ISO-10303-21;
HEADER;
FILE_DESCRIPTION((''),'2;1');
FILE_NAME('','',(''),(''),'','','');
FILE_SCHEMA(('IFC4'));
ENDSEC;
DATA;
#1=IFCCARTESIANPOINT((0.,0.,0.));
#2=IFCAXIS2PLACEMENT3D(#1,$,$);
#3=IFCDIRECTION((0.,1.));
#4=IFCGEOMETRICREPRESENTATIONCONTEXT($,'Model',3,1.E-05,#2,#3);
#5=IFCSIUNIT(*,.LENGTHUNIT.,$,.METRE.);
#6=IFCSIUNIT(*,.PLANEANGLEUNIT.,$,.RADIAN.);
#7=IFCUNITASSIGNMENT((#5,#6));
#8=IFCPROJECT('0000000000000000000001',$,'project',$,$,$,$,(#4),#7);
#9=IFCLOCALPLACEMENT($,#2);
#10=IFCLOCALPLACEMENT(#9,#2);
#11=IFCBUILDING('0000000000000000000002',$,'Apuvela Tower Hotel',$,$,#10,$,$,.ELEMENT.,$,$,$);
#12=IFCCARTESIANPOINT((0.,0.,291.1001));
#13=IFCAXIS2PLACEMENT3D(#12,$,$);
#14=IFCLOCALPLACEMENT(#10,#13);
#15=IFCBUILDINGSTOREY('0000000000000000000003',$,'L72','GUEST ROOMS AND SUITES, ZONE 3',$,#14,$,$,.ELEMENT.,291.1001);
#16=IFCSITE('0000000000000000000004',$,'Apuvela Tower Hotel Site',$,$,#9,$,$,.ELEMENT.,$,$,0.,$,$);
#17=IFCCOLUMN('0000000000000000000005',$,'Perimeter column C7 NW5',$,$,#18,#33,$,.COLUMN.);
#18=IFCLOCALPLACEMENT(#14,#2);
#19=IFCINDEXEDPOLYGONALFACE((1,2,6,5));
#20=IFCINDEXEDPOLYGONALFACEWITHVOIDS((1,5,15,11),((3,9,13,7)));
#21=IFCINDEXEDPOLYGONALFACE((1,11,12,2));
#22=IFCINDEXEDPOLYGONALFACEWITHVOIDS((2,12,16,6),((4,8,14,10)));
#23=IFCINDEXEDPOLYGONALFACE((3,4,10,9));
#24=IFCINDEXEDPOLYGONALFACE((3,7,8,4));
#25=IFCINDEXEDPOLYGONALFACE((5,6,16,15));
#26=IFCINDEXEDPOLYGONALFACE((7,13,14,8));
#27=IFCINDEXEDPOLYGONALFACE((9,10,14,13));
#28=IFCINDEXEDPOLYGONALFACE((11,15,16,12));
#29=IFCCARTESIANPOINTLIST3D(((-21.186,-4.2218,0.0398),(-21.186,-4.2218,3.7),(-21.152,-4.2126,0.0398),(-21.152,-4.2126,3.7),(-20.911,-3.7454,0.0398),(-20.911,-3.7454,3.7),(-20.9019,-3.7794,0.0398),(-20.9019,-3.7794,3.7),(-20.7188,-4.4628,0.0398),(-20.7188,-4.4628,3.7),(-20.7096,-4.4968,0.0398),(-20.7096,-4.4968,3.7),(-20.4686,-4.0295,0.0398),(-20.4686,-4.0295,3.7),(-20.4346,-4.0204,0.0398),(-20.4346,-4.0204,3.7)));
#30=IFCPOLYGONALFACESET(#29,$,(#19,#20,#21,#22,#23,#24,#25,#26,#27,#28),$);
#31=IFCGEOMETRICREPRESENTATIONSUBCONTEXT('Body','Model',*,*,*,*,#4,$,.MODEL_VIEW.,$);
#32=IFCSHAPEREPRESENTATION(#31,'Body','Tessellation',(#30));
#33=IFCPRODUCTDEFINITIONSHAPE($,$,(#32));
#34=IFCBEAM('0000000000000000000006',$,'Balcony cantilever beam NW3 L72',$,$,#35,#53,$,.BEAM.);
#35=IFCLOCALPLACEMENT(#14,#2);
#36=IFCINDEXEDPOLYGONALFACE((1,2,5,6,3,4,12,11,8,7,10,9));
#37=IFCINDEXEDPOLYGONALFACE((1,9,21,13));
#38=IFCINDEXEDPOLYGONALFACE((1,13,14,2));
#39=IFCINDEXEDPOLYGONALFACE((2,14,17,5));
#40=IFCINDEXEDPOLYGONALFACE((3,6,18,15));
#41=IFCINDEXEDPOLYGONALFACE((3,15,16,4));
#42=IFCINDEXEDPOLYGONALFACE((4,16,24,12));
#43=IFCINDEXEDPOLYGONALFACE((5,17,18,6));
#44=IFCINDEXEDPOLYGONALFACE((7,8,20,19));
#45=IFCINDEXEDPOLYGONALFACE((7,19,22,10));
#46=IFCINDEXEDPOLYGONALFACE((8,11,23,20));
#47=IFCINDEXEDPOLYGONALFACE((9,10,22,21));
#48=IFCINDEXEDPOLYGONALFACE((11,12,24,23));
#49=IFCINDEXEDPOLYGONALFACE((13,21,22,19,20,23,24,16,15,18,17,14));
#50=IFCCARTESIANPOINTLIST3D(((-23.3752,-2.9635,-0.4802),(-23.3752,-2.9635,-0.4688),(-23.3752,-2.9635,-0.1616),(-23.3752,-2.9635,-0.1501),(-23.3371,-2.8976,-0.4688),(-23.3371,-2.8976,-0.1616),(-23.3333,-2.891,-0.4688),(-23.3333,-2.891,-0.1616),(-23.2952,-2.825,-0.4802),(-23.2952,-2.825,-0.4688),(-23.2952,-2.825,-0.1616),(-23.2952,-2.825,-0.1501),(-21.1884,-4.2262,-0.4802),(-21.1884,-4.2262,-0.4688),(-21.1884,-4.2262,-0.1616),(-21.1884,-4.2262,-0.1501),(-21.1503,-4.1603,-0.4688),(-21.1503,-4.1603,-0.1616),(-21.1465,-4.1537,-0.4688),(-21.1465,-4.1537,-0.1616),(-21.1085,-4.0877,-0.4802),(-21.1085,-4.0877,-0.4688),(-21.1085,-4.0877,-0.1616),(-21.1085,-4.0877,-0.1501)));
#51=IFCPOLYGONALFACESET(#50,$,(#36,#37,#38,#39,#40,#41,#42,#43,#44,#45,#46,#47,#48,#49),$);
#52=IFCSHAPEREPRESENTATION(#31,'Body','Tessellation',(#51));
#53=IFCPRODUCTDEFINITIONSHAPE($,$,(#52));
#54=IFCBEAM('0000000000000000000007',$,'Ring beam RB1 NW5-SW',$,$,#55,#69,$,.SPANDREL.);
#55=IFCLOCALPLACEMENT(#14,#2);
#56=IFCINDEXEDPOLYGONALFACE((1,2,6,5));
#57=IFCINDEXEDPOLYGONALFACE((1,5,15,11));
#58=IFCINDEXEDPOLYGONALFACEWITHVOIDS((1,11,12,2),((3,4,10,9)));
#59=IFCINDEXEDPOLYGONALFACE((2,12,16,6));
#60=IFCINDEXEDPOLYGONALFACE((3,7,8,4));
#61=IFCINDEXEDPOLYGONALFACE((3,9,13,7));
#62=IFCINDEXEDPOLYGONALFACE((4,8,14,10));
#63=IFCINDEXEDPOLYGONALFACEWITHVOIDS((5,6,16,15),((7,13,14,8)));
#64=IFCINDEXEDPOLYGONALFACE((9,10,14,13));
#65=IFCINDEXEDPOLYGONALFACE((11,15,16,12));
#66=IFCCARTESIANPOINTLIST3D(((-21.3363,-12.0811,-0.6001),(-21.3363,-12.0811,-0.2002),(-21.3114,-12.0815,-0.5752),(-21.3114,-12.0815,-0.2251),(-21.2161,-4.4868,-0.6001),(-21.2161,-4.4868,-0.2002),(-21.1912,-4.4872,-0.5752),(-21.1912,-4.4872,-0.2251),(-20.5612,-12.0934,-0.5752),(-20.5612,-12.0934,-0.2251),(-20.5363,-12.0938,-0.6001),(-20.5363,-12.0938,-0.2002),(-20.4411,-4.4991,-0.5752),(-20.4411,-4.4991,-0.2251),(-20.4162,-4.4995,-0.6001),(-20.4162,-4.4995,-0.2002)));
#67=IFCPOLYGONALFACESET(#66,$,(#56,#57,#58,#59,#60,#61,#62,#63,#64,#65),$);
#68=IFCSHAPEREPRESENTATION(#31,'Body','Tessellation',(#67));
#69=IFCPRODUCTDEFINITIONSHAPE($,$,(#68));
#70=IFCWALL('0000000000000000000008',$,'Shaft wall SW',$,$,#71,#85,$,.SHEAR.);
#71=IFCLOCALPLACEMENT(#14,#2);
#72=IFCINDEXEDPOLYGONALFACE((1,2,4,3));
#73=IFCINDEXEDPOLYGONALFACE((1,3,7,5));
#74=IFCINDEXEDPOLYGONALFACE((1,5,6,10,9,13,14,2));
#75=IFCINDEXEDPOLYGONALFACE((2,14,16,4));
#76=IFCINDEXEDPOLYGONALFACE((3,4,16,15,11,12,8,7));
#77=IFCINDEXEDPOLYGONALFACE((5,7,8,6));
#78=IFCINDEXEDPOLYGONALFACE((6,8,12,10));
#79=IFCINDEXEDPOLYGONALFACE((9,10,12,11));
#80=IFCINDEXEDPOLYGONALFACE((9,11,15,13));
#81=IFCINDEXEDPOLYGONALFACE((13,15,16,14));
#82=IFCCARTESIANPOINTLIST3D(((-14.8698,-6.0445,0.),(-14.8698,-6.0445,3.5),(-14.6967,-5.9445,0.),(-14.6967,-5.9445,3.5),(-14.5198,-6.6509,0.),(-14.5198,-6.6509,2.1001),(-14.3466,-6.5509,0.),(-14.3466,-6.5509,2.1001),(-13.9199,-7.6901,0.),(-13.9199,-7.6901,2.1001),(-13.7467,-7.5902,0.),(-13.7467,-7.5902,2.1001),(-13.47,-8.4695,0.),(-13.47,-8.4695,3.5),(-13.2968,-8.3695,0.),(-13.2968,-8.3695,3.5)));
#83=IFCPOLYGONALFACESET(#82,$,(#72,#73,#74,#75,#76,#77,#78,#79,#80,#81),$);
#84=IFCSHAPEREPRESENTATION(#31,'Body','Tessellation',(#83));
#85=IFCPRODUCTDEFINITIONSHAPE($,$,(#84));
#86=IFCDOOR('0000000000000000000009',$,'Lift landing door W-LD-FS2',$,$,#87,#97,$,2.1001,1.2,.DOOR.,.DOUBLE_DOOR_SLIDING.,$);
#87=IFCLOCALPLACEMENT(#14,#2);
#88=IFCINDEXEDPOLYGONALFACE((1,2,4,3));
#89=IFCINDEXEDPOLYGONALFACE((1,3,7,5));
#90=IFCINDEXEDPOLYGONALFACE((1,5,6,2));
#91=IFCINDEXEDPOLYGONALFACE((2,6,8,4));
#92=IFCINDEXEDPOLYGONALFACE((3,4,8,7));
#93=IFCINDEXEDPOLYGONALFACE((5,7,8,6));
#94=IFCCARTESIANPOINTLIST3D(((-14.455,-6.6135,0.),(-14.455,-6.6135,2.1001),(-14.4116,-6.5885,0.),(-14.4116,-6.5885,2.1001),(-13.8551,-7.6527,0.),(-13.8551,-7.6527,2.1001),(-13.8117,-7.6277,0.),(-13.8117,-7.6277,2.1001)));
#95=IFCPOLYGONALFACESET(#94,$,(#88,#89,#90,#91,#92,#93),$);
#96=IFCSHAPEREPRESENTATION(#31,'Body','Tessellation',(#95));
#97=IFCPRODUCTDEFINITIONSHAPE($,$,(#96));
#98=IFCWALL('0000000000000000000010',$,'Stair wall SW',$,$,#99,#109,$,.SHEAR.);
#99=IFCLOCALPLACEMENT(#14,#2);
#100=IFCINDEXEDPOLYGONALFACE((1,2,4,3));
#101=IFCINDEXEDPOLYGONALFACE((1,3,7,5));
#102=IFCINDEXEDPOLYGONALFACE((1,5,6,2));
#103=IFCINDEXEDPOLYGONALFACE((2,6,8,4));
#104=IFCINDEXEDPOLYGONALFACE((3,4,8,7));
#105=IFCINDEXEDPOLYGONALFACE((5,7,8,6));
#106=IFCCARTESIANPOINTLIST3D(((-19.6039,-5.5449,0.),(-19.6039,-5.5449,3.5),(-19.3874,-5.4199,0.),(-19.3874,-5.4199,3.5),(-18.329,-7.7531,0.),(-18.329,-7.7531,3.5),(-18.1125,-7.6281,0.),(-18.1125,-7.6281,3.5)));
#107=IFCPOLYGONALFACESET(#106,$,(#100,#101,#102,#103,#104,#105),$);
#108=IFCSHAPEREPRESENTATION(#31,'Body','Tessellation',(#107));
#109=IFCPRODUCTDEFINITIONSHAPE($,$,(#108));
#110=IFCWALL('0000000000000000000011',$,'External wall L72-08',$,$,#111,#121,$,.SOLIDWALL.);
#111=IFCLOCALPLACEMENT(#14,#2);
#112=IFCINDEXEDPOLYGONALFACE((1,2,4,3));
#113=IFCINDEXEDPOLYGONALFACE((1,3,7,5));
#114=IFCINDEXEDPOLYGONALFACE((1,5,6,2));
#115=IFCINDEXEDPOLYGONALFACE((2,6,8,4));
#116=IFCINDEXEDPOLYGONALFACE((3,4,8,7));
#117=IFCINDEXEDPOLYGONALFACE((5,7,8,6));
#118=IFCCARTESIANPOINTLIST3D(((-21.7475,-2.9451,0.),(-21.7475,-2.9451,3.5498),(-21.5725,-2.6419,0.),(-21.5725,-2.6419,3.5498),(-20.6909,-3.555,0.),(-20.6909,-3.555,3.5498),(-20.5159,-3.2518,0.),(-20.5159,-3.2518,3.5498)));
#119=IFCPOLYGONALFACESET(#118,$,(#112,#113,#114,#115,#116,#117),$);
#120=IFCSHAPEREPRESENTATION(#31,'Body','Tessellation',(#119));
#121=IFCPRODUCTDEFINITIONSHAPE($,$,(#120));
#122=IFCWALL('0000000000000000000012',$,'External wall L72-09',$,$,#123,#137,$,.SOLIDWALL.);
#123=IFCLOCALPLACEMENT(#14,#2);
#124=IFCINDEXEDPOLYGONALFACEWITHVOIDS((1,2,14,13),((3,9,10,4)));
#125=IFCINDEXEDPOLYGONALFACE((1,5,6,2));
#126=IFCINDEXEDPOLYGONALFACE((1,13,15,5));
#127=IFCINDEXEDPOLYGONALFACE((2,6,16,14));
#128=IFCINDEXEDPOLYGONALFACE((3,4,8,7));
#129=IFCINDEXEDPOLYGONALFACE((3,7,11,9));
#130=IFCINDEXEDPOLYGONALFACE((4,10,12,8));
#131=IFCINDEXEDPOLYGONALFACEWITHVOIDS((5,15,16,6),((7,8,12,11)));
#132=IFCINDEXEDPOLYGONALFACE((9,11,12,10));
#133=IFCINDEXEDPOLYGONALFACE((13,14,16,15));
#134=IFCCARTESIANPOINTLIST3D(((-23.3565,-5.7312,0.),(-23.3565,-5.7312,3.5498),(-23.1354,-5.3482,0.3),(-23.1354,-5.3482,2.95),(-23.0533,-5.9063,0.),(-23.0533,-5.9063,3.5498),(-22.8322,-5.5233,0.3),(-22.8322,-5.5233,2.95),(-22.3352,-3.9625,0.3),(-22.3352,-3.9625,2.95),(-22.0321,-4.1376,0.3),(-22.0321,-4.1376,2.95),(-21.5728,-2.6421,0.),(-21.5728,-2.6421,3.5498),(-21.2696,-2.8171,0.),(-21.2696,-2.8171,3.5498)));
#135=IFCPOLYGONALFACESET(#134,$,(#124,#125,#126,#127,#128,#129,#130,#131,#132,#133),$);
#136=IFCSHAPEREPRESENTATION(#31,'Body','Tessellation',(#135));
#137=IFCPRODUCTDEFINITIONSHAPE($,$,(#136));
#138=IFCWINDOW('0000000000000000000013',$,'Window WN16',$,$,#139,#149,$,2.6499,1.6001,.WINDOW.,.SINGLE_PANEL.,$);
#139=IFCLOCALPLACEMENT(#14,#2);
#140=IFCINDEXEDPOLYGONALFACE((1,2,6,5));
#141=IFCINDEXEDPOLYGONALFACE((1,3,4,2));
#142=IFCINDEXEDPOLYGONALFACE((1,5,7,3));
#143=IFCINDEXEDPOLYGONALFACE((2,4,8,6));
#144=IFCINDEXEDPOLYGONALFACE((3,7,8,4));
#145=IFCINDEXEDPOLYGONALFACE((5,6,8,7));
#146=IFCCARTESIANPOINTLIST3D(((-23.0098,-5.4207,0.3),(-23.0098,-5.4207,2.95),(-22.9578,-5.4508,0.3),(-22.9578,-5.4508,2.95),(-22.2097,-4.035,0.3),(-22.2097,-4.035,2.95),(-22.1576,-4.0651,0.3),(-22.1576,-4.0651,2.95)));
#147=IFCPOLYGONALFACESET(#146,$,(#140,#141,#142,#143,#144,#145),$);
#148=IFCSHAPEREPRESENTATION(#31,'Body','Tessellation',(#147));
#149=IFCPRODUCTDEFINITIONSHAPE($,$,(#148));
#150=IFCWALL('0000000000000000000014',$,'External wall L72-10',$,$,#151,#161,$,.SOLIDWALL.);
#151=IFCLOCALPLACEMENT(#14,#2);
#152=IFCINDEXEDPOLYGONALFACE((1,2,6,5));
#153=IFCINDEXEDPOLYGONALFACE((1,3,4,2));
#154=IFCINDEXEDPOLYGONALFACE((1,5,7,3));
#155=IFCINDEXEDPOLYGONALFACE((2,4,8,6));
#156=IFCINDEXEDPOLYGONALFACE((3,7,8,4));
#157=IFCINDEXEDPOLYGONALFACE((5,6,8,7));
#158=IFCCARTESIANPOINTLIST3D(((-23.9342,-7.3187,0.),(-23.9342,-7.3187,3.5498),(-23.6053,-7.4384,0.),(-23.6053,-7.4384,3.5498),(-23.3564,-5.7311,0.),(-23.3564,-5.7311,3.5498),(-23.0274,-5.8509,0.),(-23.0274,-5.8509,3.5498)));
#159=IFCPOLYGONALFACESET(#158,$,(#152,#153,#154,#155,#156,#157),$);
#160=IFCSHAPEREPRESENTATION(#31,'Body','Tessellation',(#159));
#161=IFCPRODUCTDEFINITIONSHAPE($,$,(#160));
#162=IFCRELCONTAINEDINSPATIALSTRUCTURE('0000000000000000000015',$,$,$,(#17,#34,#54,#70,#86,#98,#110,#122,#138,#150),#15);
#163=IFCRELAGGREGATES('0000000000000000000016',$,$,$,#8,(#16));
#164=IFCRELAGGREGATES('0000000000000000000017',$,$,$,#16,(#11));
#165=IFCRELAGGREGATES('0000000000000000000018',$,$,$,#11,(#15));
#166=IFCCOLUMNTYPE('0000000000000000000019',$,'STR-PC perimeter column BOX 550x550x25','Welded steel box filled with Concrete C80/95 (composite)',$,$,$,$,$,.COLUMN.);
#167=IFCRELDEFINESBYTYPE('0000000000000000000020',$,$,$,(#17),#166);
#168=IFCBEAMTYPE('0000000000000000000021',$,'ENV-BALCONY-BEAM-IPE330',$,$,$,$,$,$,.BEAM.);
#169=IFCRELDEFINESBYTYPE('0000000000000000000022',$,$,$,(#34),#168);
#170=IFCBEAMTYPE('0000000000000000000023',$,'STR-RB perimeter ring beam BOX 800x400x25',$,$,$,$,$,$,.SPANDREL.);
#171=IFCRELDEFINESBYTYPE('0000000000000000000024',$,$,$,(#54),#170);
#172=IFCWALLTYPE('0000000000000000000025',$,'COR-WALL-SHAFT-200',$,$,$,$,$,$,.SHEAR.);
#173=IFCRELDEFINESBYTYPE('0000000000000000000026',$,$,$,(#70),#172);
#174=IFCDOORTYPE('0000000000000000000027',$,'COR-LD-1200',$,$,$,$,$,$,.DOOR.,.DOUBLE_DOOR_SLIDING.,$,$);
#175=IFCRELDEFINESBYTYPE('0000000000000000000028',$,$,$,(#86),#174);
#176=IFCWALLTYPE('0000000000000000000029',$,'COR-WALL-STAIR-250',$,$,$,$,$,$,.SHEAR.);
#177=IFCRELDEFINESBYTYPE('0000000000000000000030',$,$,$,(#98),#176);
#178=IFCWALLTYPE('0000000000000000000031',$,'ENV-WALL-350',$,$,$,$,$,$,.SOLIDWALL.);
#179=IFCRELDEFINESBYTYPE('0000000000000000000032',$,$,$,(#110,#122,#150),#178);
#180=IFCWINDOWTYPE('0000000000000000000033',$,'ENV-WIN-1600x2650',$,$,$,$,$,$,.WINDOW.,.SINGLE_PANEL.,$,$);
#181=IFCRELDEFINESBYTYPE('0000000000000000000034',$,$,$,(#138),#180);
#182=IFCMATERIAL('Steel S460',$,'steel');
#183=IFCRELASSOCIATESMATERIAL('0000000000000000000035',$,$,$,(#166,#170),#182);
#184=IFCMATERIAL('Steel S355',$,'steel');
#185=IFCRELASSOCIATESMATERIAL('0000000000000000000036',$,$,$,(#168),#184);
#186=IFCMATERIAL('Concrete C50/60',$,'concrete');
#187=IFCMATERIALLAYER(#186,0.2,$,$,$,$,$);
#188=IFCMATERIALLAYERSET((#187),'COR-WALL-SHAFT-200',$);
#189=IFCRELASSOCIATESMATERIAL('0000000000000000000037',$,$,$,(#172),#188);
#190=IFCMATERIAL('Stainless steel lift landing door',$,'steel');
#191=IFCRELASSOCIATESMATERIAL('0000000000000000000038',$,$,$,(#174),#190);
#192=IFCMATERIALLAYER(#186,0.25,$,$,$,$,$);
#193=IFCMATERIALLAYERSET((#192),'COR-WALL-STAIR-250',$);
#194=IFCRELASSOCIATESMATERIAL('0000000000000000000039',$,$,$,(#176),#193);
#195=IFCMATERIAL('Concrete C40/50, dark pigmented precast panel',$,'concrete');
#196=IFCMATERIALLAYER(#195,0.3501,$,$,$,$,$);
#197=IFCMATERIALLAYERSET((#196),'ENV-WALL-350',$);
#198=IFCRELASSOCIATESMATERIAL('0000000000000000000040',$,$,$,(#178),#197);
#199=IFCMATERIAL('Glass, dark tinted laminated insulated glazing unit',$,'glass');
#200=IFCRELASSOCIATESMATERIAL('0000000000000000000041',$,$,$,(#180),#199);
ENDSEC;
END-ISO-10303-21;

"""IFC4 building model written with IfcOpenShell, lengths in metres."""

from ifc_helpers import new_model, si_unit, direction, frame, frame_2d, origin, origin_2d, place, context, subcontext, project, spatial, rectangle, hollow_rectangle, i_section, extrude, boolean, halfspace, material, layer, layer_set, material_profile, profile_set, type_object, element, fill, save


model = new_model("IFC4")

# Units and contexts
model_context = context("Model", 3, precision=1e-05, world=origin(), true_north=direction((0.0, 1.0)))
body_context = subcontext(model_context, "Body", "Model", "MODEL_VIEW")
ifc_project = project(units=[si_unit("LENGTHUNIT", "METRE"), si_unit("PLANEANGLEUNIT", "RADIAN")], contexts=[model_context])

# Site, building, storey
site_placement = place(None, origin())
site = spatial("IfcSite", under=ifc_project, at=site_placement, Name="Apuvela Tower Hotel Site", CompositionType="ELEMENT", RefElevation=0.0)
building_placement = place(site_placement, origin())
building = spatial("IfcBuilding", under=site, at=building_placement, Name="Apuvela Tower Hotel", CompositionType="ELEMENT")
storey_placement = place(building_placement, frame((0.0, 0.0, 291.1001)))
storey = spatial("IfcBuildingStorey", under=building, at=storey_placement, Name="L72", Description="GUEST ROOMS AND SUITES, ZONE 3", CompositionType="ELEMENT", Elevation=291.1001)

# Column
ifc_material_1 = material(Name="Steel S460", Category="steel")
ifc_material_profile_1 = material_profile(ifc_material_1, hollow_rectangle(XDim=0.55, YDim=0.55, WallThickness=0.0249, at=origin_2d()), Name="BOX 550x550x25")
ifc_material_2 = material(Name="Concrete C80/95", Category="concrete")
ifc_material_profile_2 = material_profile(ifc_material_2, rectangle(XDim=0.5, YDim=0.5, at=origin_2d()), Name="Concrete C80/95 infill")
ifc_profile_set_1 = profile_set([ifc_material_profile_1, ifc_material_profile_2], Name="Steel S460")
column_type = type_object("IfcColumnType", Name="STR-PC perimeter column BOX 550x550x25", Description="Welded steel box filled with Concrete C80/95 (composite)", PredefinedType="COLUMN", material=ifc_profile_set_1)
column_placement = place(storey_placement, frame((-20.8103, -4.1211, 0.0), z_axis=(0.0, 0.0, 1.0), x_axis=(0.5, 0.866025, 0.0)))
element("IfcColumn", 1, at=column_placement, inside=storey, type_object=column_type, Name="Perimeter column C7 NW5", PredefinedType="COLUMN", context=body_context, shape_type="SweptSolid", body=[
    boolean("DIFFERENCE", extrude(hollow_rectangle(XDim=0.55, YDim=0.55, WallThickness=0.0249, at=origin_2d()), origin(), (0.0, 0.0, 1.0), 3.7), halfspace(frame((0.0, 0.0, 0.0398), z_axis=(0.0, 0.0, 1.0), x_axis=(1.0, 0.0, 0.0)), True)),
])

# Beams
ifc_material_3 = material(Name="Steel S355", Category="steel")
ifc_material_profile_3 = material_profile(ifc_material_3, i_section(OverallWidth=0.1599, OverallDepth=0.3301, WebThickness=0.0076, FlangeThickness=0.0115, at=origin_2d()), Name="IPE 330")
ifc_profile_set_2 = profile_set([ifc_material_profile_3], Name="Steel S355")
beam_type_1 = type_object("IfcBeamType", Name="ENV-BALCONY-BEAM-IPE330", PredefinedType="BEAM", material=ifc_profile_set_2)
beam_1_placement = place(storey_placement, frame((-21.1484, -4.157, -0.3152), z_axis=(-0.865997, 0.500049, 0.0), x_axis=(-0.500049, -0.865997, 0.0)))
element("IfcBeam", 2, at=beam_1_placement, inside=storey, type_object=beam_type_1, Name="Balcony cantilever beam NW3 L72", PredefinedType="BEAM", context=body_context, shape_type="SweptSolid", body=[
    extrude(i_section(OverallWidth=0.1599, OverallDepth=0.3301, WebThickness=0.0076, FlangeThickness=0.0115, at=origin_2d()), origin(), (0.0, 0.0, 1.0), 2.5251),
])
ifc_material_profile_4 = material_profile(ifc_material_1, hollow_rectangle(XDim=0.8, YDim=0.3999, WallThickness=0.0249, at=origin_2d()), Name="BOX 800x400x25")
ifc_profile_set_3 = profile_set([ifc_material_profile_4], Name="Steel S460")
beam_type_2 = type_object("IfcBeamType", Name="STR-RB perimeter ring beam BOX 800x400x25", PredefinedType="SPANDREL", material=ifc_profile_set_3)
beam_2_placement = place(storey_placement, frame((-20.8162, -4.4932, -0.4001), z_axis=(-0.015815, -0.999875, 0.0), x_axis=(0.999875, -0.015815, 0.0)))
element("IfcBeam", 3, at=beam_2_placement, inside=storey, type_object=beam_type_2, Name="Ring beam RB1 NW5-SW", PredefinedType="SPANDREL", context=body_context, shape_type="SweptSolid", body=[
    extrude(hollow_rectangle(XDim=0.8, YDim=0.3999, WallThickness=0.0249, at=origin_2d()), origin(), (0.0, 0.0, 1.0), 7.5952),
])

# Wall, opening, door
ifc_material_4 = material(Name="Concrete C50/60", Category="concrete")
ifc_layer_1 = layer(ifc_material_4, 0.2)
ifc_layer_set_1 = layer_set([ifc_layer_1], Name="COR-WALL-SHAFT-200")
wall_type_1 = type_object("IfcWallType", Name="COR-WALL-SHAFT-200", PredefinedType="SHEAR", material=ifc_layer_set_1)
wall_1_placement = place(storey_placement, frame((-14.7832, -5.9946, 0.0), z_axis=(0.0, 0.0, 1.0), x_axis=(0.499946, -0.866056, 0.0)))
wall_1 = element("IfcWall", 4, at=wall_1_placement, inside=storey, type_object=wall_type_1, Name="Shaft wall SW", PredefinedType="SHEAR", context=body_context, shape_type="SweptSolid", body=[
    extrude(rectangle(XDim=2.8, YDim=0.2, at=frame_2d((1.3999, 0.0))), origin(), (0.0, 0.0, 1.0), 3.5),
])
opening_1_placement = place(wall_1_placement, frame((0.7, 0.0, 0.0)))
opening_1 = element("IfcOpeningElement", 5, at=opening_1_placement, cuts=wall_1, PredefinedType="OPENING", context=body_context, shape_type="SweptSolid", body=[
    extrude(rectangle(XDim=1.2, YDim=2.1001, at=frame_2d((0.6001, 1.05))), frame((0.0, 0.1099, 0.0), z_axis=(0.0, -1.0, 0.0), x_axis=(1.0, 0.0, 0.0)), (0.0, 0.0, 1.0), 0.22),
])
ifc_material_5 = material(Name="Stainless steel lift landing door", Category="steel")
door_type = type_object("IfcDoorType", Name="COR-LD-1200", OperationType="DOUBLE_DOOR_SLIDING", PredefinedType="DOOR", material=ifc_material_5)
door_placement = place(opening_1_placement, origin())
door = element("IfcDoor", 6, at=door_placement, inside=storey, type_object=door_type, Name="Lift landing door W-LD-FS2", OperationType="DOUBLE_DOOR_SLIDING", OverallHeight=2.1001, OverallWidth=1.2, PredefinedType="DOOR", context=body_context, shape_type="SweptSolid", body=[
    extrude(rectangle(XDim=1.2, YDim=2.1001, at=frame_2d((0.6001, 1.05))), frame((0.0, 0.0249, 0.0), z_axis=(0.0, -1.0, 0.0), x_axis=(1.0, 0.0, 0.0)), (0.0, 0.0, 1.0), 0.05),
])
fill(opening_1, door)

# Walls
ifc_layer_2 = layer(ifc_material_4, 0.25)
ifc_layer_set_2 = layer_set([ifc_layer_2], Name="COR-WALL-STAIR-250")
wall_type_2 = type_object("IfcWallType", Name="COR-WALL-STAIR-250", PredefinedType="SHEAR", material=ifc_layer_set_2)
wall_2_placement = place(storey_placement, frame((-19.4956, -5.4824, 0.0), z_axis=(0.0, 0.0, 1.0), x_axis=(0.49999, -0.866031, 0.0)))
element("IfcWall", 7, at=wall_2_placement, inside=storey, type_object=wall_type_2, Name="Stair wall SW", PredefinedType="SHEAR", context=body_context, shape_type="SweptSolid", body=[
    extrude(rectangle(XDim=2.5498, YDim=0.25, at=frame_2d((1.2749, 0.0))), origin(), (0.0, 0.0, 1.0), 3.5),
])
ifc_material_6 = material(Name="Concrete C40/50, dark pigmented precast panel", Category="concrete")
ifc_layer_3 = layer(ifc_material_6, 0.3501)
ifc_layer_set_3 = layer_set([ifc_layer_3], Name="ENV-WALL-350")
wall_type_3 = type_object("IfcWallType", Name="ENV-WALL-350", PredefinedType="SOLIDWALL", material=ifc_layer_set_3)
wall_3_placement = place(storey_placement, frame((-20.6035, -3.4033, 0.0), z_axis=(0.0, 0.0, 1.0), x_axis=(-0.866092, 0.499884, 0.0)))
element("IfcWall", 8, at=wall_3_placement, inside=storey, type_object=wall_type_3, Name="External wall L72-08", PredefinedType="SOLIDWALL", context=body_context, shape_type="SweptSolid", body=[
    extrude(rectangle(XDim=1.22, YDim=0.3501, at=frame_2d((0.6099, 0.0))), origin(), (0.0, 0.0, 1.0), 3.5498),
])

# Wall, opening, window
wall_4_placement = place(storey_placement, frame((-21.4211, -2.7295, 0.0), z_axis=(0.0, 0.0, 1.0), x_axis=(-0.50004, -0.866002, 0.0)))
wall_4 = element("IfcWall", 9, at=wall_4_placement, inside=storey, type_object=wall_type_3, Name="External wall L72-09", PredefinedType="SOLIDWALL", context=body_context, shape_type="SweptSolid", body=[
    extrude(rectangle(XDim=3.5671, YDim=0.3501, at=frame_2d((1.7837, 0.0))), origin(), (0.0, 0.0, 1.0), 3.5498),
])
opening_2_placement = place(wall_4_placement, frame((1.5249, 0.0, 0.3)))
opening_2 = element("IfcOpeningElement", 10, at=opening_2_placement, cuts=wall_4, PredefinedType="OPENING", context=body_context, shape_type="SweptSolid", body=[
    extrude(rectangle(XDim=1.6001, YDim=2.6499, at=frame_2d((0.8, 1.325))), frame((0.0, 0.1851, 0.0), z_axis=(0.0, -1.0, 0.0), x_axis=(1.0, 0.0, 0.0)), (0.0, 0.0, 1.0), 0.3701),
])
ifc_material_7 = material(Name="Glass, dark tinted laminated insulated glazing unit", Category="glass")
window_type = type_object("IfcWindowType", Name="ENV-WIN-1600x2650", PartitioningType="SINGLE_PANEL", PredefinedType="WINDOW", material=ifc_material_7)
window_placement = place(opening_2_placement, origin())
window = element("IfcWindow", 11, at=window_placement, inside=storey, type_object=window_type, Name="Window WN16", OverallHeight=2.6499, OverallWidth=1.6001, PartitioningType="SINGLE_PANEL", PredefinedType="WINDOW", context=body_context, shape_type="SweptSolid", body=[
    extrude(rectangle(XDim=1.6001, YDim=2.6499, at=frame_2d((0.8, 1.325))), frame((0.0, 0.03, 0.0), z_axis=(0.0, -1.0, 0.0), x_axis=(1.0, 0.0, 0.0)), (0.0, 0.0, 1.0), 0.0601),
])
fill(opening_2, window)

# Wall
wall_5_placement = place(storey_placement, frame((-23.1919, -5.791, 0.0), z_axis=(0.0, 0.0, 1.0), x_axis=(-0.342033, -0.939688, 0.0)))
element("IfcWall", 12, at=wall_5_placement, inside=storey, type_object=wall_type_3, Name="External wall L72-10", PredefinedType="SOLIDWALL", context=body_context, shape_type="SweptSolid", body=[
    extrude(rectangle(XDim=1.6895, YDim=0.3501, at=frame_2d((0.8447, 0.0))), origin(), (0.0, 0.0, 1.0), 3.5498),
])

save(model, "model.ifc")
